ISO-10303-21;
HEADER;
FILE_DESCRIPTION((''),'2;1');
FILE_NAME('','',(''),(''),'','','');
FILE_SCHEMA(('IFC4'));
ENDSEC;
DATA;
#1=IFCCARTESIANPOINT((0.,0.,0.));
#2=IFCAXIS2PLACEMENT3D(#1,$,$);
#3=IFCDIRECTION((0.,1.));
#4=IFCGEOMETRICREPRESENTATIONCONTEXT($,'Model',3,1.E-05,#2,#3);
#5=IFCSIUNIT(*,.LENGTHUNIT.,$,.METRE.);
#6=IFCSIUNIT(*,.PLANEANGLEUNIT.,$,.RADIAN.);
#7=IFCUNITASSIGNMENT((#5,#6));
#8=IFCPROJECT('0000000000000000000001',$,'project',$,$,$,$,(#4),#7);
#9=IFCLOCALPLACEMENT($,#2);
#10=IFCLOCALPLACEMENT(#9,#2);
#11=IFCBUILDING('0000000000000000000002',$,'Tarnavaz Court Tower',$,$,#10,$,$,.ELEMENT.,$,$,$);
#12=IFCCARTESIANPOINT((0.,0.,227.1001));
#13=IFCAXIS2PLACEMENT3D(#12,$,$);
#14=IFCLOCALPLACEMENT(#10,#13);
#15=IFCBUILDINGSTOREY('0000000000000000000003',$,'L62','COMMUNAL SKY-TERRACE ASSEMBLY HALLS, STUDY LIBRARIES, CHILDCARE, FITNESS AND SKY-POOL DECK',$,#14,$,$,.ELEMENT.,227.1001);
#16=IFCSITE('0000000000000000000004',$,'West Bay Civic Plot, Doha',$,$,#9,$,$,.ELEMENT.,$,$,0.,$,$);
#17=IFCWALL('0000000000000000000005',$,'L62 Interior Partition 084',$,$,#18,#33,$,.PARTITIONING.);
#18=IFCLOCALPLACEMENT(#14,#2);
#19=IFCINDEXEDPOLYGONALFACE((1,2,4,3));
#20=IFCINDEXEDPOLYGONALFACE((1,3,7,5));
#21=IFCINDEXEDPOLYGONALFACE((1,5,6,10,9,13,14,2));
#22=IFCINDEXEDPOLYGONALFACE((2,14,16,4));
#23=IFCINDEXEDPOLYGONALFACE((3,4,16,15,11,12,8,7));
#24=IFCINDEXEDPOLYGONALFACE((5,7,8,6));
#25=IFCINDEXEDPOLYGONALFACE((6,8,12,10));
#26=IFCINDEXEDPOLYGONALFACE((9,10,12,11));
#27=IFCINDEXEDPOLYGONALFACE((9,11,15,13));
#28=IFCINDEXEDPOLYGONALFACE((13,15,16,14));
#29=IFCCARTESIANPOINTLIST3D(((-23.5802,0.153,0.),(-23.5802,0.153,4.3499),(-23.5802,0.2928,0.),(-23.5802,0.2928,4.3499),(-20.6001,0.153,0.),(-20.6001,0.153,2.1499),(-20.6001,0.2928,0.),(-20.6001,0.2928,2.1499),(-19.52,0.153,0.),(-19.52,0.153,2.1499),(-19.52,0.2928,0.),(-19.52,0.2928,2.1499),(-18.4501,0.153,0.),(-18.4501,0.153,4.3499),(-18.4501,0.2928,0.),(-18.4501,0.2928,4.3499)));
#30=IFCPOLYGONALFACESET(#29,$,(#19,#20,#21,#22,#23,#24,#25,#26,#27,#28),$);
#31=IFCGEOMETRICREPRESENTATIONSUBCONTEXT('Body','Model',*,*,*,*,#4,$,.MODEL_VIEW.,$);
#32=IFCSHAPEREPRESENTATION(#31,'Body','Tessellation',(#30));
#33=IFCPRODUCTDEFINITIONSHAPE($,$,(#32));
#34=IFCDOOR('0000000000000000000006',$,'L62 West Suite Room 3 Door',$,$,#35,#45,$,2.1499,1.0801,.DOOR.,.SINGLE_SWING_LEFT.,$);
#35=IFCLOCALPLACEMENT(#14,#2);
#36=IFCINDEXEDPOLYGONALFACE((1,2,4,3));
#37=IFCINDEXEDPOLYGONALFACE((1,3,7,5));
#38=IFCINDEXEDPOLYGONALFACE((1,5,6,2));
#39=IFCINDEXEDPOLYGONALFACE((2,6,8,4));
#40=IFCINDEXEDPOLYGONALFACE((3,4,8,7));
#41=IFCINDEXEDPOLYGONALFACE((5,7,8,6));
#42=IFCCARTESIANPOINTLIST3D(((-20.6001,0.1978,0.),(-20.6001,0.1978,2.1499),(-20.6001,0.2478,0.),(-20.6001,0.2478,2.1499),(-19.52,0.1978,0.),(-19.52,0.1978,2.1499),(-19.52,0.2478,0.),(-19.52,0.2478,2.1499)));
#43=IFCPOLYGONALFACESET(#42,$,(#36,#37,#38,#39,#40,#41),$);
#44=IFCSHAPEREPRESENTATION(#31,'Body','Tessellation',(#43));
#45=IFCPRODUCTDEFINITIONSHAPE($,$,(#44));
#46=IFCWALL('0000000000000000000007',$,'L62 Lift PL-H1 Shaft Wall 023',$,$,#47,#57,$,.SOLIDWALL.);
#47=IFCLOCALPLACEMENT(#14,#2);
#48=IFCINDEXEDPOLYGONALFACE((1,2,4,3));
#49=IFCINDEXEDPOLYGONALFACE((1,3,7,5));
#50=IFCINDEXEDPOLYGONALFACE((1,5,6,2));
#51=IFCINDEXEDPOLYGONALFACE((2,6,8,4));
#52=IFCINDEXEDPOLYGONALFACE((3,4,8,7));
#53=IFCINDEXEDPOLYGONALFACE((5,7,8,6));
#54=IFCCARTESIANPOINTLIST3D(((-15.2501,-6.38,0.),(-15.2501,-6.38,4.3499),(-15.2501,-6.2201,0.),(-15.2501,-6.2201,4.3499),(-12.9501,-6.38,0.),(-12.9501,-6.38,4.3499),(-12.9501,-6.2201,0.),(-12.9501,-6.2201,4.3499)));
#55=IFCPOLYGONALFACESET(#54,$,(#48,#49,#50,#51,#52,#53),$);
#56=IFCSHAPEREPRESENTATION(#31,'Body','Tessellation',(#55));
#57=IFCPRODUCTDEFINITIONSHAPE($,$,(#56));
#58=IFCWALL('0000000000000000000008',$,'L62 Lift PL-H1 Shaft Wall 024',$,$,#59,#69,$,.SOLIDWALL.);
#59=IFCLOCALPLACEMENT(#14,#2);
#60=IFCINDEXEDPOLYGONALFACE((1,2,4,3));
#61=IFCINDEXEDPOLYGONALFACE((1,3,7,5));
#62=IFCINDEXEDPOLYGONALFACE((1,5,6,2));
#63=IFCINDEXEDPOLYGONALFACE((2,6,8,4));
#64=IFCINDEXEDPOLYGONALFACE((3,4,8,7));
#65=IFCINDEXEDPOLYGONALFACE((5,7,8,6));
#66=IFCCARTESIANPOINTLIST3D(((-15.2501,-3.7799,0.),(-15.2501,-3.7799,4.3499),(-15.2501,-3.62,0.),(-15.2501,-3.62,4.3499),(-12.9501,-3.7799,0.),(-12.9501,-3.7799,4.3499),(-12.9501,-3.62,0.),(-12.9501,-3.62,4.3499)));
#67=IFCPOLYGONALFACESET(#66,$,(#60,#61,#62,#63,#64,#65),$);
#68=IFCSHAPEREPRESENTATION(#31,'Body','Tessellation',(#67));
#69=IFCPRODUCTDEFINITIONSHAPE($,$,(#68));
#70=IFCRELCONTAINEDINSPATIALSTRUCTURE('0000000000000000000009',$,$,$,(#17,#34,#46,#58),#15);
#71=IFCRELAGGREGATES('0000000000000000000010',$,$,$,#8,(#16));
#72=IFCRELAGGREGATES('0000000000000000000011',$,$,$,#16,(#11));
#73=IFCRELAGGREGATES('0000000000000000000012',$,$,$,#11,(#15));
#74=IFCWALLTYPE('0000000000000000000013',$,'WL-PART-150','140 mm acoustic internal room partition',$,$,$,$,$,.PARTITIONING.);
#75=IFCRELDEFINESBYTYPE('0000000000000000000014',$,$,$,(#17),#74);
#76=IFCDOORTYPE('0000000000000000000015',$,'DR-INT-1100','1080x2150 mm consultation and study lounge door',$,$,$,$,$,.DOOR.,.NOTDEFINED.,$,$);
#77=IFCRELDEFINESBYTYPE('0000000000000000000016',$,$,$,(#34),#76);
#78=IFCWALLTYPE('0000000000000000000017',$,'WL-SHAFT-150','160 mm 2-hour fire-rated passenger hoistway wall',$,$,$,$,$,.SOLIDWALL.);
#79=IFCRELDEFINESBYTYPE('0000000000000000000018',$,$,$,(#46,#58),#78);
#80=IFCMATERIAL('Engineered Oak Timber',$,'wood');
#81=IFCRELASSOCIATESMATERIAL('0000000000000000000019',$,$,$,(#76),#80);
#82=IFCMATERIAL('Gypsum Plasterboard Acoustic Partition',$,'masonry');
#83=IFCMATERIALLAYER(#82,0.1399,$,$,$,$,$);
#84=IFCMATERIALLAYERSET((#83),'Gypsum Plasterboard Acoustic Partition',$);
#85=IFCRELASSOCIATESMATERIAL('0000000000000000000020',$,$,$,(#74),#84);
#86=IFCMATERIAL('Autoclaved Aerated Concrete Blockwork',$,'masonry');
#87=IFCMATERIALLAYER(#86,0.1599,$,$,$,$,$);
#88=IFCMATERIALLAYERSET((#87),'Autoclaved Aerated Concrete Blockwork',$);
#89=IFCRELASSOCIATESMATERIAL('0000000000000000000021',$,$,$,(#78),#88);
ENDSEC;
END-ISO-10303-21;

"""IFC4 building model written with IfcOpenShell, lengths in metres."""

from ifc_helpers import new_model, si_unit, direction, frame, frame_2d, origin, place, context, subcontext, project, spatial, rectangle, extrude, material, layer, layer_set, type_object, element, fill, save


model = new_model("IFC4")

# Units and contexts
model_context = context("Model", 3, precision=1e-05, world=origin(), true_north=direction((0.0, 1.0)))
body_context = subcontext(model_context, "Body", "Model", "MODEL_VIEW")
ifc_project = project(units=[si_unit("LENGTHUNIT", "METRE"), si_unit("PLANEANGLEUNIT", "RADIAN")], contexts=[model_context])

# Site, building, storey
site_placement = place(None, origin())
site = spatial("IfcSite", under=ifc_project, at=site_placement, Name="West Bay Civic Plot, Doha", CompositionType="ELEMENT", RefElevation=0.0)
building_placement = place(site_placement, origin())
building = spatial("IfcBuilding", under=site, at=building_placement, Name="Tarnavaz Court Tower", CompositionType="ELEMENT")
storey_placement = place(building_placement, frame((0.0, 0.0, 227.1001)))
storey = spatial("IfcBuildingStorey", under=building, at=storey_placement, Name="L62", Description="COMMUNAL SKY-TERRACE ASSEMBLY HALLS, STUDY LIBRARIES, CHILDCARE, FITNESS AND SKY-POOL DECK", CompositionType="ELEMENT", Elevation=227.1001)

# Shared definitions
ifc_material_1 = material(Name="Engineered Oak Timber", Category="wood")
door_type_1 = type_object("IfcDoorType", Name="DR-INT-1100", Description="1080x2150 mm consultation and study lounge door", OperationType="NOTDEFINED", PredefinedType="DOOR", material=ifc_material_1)

# Shared definitions
ifc_material_2 = material(Name="Autoclaved Aerated Concrete Blockwork", Category="masonry")

# Wall, opening, door
ifc_material_3 = material(Name="Gypsum Plasterboard Acoustic Partition", Category="masonry")
ifc_layer_1 = layer(ifc_material_3, 0.1399)
ifc_layer_set_1 = layer_set([ifc_layer_1], Name="Gypsum Plasterboard Acoustic Partition")
wall_type_1 = type_object("IfcWallType", Name="WL-PART-150", Description="140 mm acoustic internal room partition", PredefinedType="PARTITIONING", material=ifc_layer_set_1)
wall_1_placement = place(storey_placement, frame((-23.5801, 0.2229, 0.0), z_axis=(0.0, 0.0, 1.0), x_axis=(1.0, 0.0, 0.0)))
wall_1 = element("IfcWall", 1, at=wall_1_placement, inside=storey, type_object=wall_type_1, Name="L62 Interior Partition 084", PredefinedType="PARTITIONING", context=body_context, shape_type="SweptSolid", body=[
    extrude(rectangle(XDim=5.1301, YDim=0.1399, at=frame_2d((2.5649, 0.0))), origin(), (0.0, 0.0, 1.0), 4.3499),
])
opening_1_placement = place(wall_1_placement, frame((2.98, 0.0, 0.0)))
opening_1 = element("IfcOpeningElement", 2, at=opening_1_placement, cuts=wall_1, PredefinedType="OPENING", context=body_context, shape_type="SweptSolid", body=[
    extrude(rectangle(XDim=1.0801, YDim=2.1499, at=frame_2d((0.54, 1.075))), frame((0.0, 0.0798, 0.0), z_axis=(0.0, -1.0, 0.0), x_axis=(1.0, 0.0, 0.0)), (0.0, 0.0, 1.0), 0.1599),
])
door_1_placement = place(opening_1_placement, origin())
door_1 = element("IfcDoor", 3, at=door_1_placement, inside=storey, type_object=door_type_1, Name="L62 West Suite Room 3 Door", OperationType="SINGLE_SWING_LEFT", OverallHeight=2.1499, OverallWidth=1.0801, PredefinedType="DOOR", context=body_context, shape_type="SweptSolid", body=[
    extrude(rectangle(XDim=1.0801, YDim=2.1499, at=frame_2d((0.54, 1.075))), frame((0.0, 0.0249, 0.0), z_axis=(0.0, -1.0, 0.0), x_axis=(1.0, 0.0, 0.0)), (0.0, 0.0, 1.0), 0.05),
])
fill(opening_1, door_1)
ifc_layer_2 = layer(ifc_material_2, 0.1599)
ifc_layer_set_2 = layer_set([ifc_layer_2], Name="Autoclaved Aerated Concrete Blockwork")
wall_type_2 = type_object("IfcWallType", Name="WL-SHAFT-150", Description="160 mm 2-hour fire-rated passenger hoistway wall", PredefinedType="SOLIDWALL", material=ifc_layer_set_2)

# Walls
for number, where, z_axis, x_axis, name in (
    (4, (-15.25, -6.3, 0.0), (0.0, 0.0, 1.0), (1.0, 0.0, 0.0), "L62 Lift PL-H1 Shaft Wall 023"),
    (5, (-15.25, -3.7, 0.0), (0.0, 0.0, 1.0), (1.0, 0.0, 0.0), "L62 Lift PL-H1 Shaft Wall 024"),
):
    element("IfcWall", number, at=place(storey_placement, frame(where, z_axis=z_axis, x_axis=x_axis)), inside=storey, type_object=wall_type_2, Name=name, PredefinedType="SOLIDWALL", context=body_context, shape_type="SweptSolid", body=[
        extrude(rectangle(XDim=2.3, YDim=0.1599, at=frame_2d((1.1499, 0.0))), origin(), (0.0, 0.0, 1.0), 4.3499),
    ])

save(model, "model.ifc")
